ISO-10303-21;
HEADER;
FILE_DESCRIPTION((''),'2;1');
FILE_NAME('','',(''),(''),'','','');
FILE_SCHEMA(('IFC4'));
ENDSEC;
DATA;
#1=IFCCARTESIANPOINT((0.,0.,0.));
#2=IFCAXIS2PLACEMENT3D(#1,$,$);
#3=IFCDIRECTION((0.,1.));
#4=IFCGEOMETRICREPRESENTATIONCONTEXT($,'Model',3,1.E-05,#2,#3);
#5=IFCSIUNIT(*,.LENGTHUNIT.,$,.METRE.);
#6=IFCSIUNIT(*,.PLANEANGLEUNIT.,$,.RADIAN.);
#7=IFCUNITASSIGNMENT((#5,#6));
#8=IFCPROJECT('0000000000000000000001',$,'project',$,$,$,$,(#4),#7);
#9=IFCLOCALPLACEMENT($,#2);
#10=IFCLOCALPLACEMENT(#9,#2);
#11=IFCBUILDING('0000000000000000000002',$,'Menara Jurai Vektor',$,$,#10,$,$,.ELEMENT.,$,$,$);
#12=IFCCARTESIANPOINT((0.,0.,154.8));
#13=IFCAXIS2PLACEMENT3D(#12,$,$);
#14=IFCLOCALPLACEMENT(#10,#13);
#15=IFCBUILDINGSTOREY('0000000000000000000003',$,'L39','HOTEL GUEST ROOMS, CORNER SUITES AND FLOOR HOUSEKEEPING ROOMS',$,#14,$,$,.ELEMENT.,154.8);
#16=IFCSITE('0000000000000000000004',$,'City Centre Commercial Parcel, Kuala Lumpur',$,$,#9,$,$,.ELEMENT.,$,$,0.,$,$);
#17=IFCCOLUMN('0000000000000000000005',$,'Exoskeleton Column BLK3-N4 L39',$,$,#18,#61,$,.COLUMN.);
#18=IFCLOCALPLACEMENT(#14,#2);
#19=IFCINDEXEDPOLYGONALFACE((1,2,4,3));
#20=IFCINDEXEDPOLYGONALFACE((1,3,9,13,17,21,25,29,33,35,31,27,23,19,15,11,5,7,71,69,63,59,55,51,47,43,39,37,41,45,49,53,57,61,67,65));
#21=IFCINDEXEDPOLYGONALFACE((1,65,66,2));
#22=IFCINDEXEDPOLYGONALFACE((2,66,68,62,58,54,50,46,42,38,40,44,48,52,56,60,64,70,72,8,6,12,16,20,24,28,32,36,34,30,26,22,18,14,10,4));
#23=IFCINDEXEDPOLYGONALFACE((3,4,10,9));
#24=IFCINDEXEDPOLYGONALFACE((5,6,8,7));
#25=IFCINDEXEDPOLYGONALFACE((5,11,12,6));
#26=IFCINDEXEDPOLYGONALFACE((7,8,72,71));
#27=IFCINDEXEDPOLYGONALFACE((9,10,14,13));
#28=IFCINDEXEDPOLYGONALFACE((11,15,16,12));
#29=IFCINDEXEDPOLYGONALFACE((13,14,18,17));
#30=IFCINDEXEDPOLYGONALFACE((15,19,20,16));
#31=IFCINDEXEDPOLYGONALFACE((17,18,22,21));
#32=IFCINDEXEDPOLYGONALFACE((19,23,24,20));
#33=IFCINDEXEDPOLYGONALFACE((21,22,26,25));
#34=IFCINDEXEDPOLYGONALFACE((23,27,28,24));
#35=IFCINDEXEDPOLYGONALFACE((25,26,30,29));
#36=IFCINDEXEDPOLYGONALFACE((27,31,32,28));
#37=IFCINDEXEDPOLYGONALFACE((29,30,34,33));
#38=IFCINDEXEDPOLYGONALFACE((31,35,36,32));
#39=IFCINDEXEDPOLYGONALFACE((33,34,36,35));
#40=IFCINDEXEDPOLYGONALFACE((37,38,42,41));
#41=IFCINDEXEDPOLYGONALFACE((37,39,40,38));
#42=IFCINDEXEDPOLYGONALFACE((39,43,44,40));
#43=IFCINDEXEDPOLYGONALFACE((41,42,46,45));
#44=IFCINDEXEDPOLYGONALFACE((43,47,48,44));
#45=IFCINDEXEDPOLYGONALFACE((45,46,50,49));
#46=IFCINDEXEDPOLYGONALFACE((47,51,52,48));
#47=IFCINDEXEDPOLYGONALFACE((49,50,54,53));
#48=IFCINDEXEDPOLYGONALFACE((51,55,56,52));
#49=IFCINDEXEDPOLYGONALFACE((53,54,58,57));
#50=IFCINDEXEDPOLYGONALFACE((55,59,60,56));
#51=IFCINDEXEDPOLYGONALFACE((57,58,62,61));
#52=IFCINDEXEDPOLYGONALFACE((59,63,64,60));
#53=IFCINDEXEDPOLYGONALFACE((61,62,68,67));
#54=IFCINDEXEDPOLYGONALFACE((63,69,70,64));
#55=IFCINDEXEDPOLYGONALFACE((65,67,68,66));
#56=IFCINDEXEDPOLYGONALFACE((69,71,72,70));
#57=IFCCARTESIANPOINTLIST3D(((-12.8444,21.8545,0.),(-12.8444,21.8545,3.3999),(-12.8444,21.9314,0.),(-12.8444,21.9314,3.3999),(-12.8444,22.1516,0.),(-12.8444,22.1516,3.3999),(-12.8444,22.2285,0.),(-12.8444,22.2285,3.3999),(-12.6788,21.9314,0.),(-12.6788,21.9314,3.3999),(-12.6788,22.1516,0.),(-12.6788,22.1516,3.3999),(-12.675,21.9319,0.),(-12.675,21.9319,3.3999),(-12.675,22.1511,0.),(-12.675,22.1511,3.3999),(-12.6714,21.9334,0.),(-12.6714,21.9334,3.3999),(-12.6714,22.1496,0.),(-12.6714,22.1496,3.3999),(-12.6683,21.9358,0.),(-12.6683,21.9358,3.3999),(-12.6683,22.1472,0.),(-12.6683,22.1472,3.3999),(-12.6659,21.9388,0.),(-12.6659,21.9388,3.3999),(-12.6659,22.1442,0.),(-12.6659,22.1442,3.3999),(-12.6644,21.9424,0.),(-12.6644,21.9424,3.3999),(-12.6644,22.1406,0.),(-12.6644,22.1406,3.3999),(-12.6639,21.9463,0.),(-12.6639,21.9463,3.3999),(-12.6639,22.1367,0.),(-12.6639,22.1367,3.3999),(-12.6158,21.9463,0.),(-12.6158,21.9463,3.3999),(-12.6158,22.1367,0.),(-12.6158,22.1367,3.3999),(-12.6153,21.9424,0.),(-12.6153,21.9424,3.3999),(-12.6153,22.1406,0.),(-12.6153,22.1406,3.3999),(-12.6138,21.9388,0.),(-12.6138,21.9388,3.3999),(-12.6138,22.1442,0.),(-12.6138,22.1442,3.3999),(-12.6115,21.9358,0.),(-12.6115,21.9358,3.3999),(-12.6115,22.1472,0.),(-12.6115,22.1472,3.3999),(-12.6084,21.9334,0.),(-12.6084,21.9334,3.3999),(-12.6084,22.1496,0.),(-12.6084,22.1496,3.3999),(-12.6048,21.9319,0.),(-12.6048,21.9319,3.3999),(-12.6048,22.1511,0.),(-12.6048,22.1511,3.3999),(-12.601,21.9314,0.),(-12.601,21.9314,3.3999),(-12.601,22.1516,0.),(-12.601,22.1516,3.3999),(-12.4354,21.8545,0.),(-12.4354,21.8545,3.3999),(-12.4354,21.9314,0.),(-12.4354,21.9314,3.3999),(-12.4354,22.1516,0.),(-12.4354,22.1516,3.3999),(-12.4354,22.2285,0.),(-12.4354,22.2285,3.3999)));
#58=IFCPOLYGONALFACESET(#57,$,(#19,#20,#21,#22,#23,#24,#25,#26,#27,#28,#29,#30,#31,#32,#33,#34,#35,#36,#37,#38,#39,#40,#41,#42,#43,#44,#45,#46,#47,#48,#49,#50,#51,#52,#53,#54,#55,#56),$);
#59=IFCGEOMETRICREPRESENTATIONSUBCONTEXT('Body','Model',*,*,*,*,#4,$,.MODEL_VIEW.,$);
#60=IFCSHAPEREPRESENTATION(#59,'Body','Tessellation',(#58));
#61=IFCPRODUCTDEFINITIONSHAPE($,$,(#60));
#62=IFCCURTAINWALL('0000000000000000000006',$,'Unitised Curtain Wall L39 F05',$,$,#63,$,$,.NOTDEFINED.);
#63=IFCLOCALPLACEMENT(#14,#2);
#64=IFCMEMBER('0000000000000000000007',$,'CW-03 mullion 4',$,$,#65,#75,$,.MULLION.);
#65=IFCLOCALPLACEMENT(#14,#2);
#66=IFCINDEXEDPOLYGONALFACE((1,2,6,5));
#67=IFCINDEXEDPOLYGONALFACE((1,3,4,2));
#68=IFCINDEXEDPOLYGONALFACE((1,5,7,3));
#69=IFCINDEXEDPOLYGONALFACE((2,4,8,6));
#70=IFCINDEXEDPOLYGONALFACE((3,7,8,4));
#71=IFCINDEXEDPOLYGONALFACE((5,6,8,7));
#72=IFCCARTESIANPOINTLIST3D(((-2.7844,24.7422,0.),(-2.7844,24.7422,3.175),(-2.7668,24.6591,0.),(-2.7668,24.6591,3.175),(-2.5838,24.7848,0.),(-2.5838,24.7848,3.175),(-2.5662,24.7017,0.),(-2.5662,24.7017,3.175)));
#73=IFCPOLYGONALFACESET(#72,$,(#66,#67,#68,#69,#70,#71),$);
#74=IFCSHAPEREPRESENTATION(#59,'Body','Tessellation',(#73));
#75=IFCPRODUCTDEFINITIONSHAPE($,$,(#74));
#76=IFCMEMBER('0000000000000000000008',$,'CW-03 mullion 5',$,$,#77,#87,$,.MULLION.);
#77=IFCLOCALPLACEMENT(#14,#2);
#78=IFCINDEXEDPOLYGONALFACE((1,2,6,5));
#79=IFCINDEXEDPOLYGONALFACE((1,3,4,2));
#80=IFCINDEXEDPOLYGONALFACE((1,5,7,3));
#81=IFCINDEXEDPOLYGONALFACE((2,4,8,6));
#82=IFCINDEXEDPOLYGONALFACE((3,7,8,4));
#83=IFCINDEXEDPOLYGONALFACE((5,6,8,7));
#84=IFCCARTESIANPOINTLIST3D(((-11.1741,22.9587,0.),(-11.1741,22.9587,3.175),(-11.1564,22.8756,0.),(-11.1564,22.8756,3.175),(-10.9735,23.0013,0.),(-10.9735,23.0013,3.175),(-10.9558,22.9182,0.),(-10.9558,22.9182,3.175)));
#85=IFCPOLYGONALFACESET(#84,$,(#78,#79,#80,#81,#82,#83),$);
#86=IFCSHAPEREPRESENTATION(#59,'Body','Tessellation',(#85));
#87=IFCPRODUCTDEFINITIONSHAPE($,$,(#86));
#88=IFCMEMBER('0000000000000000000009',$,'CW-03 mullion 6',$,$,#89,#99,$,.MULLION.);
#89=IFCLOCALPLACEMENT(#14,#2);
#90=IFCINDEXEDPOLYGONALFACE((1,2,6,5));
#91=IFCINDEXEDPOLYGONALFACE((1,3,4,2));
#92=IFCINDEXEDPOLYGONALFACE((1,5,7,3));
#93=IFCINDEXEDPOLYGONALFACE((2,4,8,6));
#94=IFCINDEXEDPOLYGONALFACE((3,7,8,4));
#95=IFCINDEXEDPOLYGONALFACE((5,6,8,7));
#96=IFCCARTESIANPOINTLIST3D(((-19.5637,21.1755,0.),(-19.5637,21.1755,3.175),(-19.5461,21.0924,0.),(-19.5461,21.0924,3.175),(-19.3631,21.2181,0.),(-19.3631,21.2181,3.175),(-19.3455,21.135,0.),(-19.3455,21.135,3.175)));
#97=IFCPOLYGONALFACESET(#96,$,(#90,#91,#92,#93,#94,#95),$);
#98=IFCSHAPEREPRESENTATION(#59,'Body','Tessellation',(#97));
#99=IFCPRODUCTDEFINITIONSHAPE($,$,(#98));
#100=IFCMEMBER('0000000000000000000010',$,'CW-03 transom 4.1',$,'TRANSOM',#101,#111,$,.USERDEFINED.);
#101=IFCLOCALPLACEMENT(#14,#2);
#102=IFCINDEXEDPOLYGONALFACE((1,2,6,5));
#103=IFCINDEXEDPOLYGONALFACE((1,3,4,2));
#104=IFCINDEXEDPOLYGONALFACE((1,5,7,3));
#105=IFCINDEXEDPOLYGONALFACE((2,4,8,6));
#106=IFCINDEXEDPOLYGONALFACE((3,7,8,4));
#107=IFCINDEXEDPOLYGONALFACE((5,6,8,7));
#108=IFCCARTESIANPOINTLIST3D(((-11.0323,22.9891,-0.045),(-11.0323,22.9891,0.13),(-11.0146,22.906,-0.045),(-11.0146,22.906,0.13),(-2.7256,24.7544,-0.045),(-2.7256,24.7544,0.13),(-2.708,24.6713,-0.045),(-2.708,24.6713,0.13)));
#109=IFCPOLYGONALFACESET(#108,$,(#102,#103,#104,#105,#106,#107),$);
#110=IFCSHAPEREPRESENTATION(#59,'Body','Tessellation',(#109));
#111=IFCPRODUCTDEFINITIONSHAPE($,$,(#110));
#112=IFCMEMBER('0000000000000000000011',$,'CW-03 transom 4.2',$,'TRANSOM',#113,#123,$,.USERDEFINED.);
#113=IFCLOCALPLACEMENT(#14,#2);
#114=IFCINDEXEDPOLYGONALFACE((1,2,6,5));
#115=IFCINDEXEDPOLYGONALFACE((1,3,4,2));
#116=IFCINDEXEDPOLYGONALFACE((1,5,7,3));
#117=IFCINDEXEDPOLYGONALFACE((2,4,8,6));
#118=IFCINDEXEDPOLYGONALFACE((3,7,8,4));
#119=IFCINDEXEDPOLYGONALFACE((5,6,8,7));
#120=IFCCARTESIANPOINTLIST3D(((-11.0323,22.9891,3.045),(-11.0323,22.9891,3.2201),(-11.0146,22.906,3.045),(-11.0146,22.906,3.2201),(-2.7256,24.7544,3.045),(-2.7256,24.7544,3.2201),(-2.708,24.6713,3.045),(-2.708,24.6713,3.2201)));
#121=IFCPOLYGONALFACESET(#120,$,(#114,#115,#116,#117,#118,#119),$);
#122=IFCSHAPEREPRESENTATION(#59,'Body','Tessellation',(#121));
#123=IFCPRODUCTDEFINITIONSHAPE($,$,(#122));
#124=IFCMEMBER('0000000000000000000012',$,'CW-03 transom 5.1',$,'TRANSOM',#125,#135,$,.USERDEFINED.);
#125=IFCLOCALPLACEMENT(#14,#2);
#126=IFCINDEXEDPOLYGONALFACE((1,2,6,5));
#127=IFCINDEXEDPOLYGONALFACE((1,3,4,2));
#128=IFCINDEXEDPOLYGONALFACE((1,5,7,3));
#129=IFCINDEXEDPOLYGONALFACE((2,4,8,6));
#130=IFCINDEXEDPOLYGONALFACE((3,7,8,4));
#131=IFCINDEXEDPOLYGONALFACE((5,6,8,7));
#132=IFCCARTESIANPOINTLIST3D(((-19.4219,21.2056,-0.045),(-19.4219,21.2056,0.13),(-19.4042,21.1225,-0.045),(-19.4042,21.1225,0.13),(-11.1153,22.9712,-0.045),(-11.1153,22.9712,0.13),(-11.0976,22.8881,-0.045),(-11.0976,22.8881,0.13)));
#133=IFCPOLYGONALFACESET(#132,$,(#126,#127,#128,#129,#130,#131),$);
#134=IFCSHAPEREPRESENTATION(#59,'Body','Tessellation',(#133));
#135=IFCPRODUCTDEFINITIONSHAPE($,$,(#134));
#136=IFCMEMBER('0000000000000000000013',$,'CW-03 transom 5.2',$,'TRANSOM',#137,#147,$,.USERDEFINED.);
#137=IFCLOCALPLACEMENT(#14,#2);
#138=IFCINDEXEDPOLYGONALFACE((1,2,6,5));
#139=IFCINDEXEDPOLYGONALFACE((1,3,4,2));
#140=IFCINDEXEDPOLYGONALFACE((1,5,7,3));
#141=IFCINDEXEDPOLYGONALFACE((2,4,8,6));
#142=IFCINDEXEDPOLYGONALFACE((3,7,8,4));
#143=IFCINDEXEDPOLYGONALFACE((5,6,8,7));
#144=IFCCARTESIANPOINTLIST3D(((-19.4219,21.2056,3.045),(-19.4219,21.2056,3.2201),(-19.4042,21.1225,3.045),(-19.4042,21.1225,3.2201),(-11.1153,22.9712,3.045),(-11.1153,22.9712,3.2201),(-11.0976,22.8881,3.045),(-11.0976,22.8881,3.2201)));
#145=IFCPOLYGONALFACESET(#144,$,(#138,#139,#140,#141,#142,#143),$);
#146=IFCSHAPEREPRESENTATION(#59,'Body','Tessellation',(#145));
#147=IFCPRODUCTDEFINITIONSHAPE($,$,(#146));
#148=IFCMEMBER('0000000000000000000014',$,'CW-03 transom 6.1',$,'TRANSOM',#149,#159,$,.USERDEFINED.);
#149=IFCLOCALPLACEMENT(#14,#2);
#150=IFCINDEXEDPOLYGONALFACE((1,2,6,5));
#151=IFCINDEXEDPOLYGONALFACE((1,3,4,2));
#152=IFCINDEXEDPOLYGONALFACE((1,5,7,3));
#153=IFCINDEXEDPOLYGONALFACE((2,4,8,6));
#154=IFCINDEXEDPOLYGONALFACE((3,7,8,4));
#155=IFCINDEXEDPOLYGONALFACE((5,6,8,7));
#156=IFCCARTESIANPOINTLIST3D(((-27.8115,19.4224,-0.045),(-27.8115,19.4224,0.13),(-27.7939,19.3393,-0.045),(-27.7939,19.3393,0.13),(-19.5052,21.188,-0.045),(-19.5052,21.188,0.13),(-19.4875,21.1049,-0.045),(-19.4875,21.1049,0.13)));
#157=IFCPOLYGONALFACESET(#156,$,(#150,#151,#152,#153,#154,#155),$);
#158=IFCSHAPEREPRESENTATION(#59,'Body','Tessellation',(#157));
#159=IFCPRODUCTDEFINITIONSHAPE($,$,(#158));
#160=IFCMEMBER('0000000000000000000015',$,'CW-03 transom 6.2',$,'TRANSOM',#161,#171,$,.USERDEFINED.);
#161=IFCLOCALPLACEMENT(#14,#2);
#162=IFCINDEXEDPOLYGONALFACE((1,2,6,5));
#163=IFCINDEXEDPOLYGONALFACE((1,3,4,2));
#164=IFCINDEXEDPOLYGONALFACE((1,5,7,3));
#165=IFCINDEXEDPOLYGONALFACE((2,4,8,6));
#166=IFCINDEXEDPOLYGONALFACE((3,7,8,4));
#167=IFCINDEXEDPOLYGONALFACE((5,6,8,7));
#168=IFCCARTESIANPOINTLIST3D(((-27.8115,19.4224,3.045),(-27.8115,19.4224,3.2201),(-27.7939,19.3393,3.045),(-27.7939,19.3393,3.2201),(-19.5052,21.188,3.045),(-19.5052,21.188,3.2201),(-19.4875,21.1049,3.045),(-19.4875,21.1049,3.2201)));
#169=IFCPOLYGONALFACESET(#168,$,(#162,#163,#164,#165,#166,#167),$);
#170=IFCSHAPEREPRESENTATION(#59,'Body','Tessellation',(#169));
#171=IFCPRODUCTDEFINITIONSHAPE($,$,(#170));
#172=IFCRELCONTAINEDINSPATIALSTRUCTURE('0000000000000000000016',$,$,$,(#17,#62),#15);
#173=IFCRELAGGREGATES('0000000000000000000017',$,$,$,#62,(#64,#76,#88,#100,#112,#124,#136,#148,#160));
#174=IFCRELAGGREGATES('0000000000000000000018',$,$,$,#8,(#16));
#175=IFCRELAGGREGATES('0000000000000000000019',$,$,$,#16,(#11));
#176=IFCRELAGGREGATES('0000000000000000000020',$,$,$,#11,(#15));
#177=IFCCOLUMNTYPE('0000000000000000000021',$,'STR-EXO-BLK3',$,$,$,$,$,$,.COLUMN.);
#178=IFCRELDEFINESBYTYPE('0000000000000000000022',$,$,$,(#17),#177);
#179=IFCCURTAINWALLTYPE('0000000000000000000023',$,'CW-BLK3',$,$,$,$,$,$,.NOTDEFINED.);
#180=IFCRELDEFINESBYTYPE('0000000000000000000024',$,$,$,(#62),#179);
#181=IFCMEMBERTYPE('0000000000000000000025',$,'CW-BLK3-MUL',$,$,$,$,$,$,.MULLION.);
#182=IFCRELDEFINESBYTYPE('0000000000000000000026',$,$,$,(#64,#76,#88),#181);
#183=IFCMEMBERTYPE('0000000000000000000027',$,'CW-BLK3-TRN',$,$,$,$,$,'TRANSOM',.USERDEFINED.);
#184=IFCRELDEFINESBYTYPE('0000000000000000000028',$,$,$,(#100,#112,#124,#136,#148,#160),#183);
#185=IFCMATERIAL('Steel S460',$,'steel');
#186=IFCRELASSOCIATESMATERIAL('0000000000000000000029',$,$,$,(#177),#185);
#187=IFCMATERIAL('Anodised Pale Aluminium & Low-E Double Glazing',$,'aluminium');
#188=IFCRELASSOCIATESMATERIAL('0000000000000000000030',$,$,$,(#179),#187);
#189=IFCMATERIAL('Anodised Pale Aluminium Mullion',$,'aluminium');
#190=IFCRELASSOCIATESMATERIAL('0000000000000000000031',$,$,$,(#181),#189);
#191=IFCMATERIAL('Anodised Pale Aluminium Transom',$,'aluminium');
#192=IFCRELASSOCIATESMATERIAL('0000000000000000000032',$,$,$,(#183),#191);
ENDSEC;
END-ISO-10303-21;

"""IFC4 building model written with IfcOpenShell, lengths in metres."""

from ifc_helpers import new_model, si_unit, direction, frame, origin, origin_2d, place, context, subcontext, project, spatial, rectangle, i_section, extrude, material, material_profile, profile_set, type_object, element, aggregate, save


model = new_model("IFC4")

# Units and contexts
model_context = context("Model", 3, precision=1e-05, world=origin(), true_north=direction((0.0, 1.0)))
body_context = subcontext(model_context, "Body", "Model", "MODEL_VIEW")
ifc_project = project(units=[si_unit("LENGTHUNIT", "METRE"), si_unit("PLANEANGLEUNIT", "RADIAN")], contexts=[model_context])

# Site, building, storey
site_placement = place(None, origin())
site = spatial("IfcSite", under=ifc_project, at=site_placement, Name="City Centre Commercial Parcel, Kuala Lumpur", CompositionType="ELEMENT", RefElevation=0.0)
building_placement = place(site_placement, origin())
building = spatial("IfcBuilding", under=site, at=building_placement, Name="Menara Jurai Vektor", CompositionType="ELEMENT")
storey_placement = place(building_placement, frame((0.0, 0.0, 154.8)))
storey = spatial("IfcBuildingStorey", under=building, at=storey_placement, Name="L39", Description="HOTEL GUEST ROOMS, CORNER SUITES AND FLOOR HOUSEKEEPING ROOMS", CompositionType="ELEMENT", Elevation=154.8)

# Column
ifc_material_1 = material(Name="Steel S460", Category="steel")
ifc_material_profile_1 = material_profile(ifc_material_1, i_section(OverallWidth=0.4089, OverallDepth=0.374, WebThickness=0.0481, FlangeThickness=0.0769, FilletRadius=0.0149, at=origin_2d()), Name="HD 400x634")
ifc_profile_set_1 = profile_set([ifc_material_profile_1], Name="Steel S460")
column_type = type_object("IfcColumnType", Name="STR-EXO-BLK3", PredefinedType="COLUMN", material=ifc_profile_set_1)
column_placement = place(storey_placement, frame((-12.6399, 22.0415, 0.0), z_axis=(0.0, 0.0, 1.0), x_axis=(1.0, 0.0, 0.0)))
element("IfcColumn", 1, at=column_placement, inside=storey, type_object=column_type, Name="Exoskeleton Column BLK3-N4 L39", PredefinedType="COLUMN", context=body_context, shape_type="SweptSolid", body=[
    extrude(i_section(OverallWidth=0.4089, OverallDepth=0.374, WebThickness=0.0481, FlangeThickness=0.0769, FilletRadius=0.0149, at=origin_2d()), origin(), (0.0, 0.0, 1.0), 3.3999),
])

# Curtain wall, members
ifc_material_2 = material(Name="Anodised Pale Aluminium & Low-E Double Glazing", Category="aluminium")
curtain_wall_type = type_object("IfcCurtainWallType", Name="CW-BLK3", PredefinedType="NOTDEFINED", material=ifc_material_2)
curtain_wall_placement = place(storey_placement, origin())
curtain_wall = element("IfcCurtainWall", 2, at=curtain_wall_placement, inside=storey, type_object=curtain_wall_type, Name="Unitised Curtain Wall L39 F05", PredefinedType="NOTDEFINED")
ifc_material_3 = material(Name="Anodised Pale Aluminium Mullion", Category="aluminium")
ifc_material_profile_2 = material_profile(ifc_material_3, rectangle(XDim=0.085, YDim=0.2051, at=origin_2d()), Name="ALU MUL 85x205")
ifc_profile_set_2 = profile_set([ifc_material_profile_2], Name="Anodised Pale Aluminium Mullion")
member_type_1 = type_object("IfcMemberType", Name="CW-BLK3-MUL", PredefinedType="MULLION", material=ifc_profile_set_2)
member_1_placement = place(storey_placement, frame((-2.6753, 24.7219, 0.0), z_axis=(0.0, 0.0, 1.0), x_axis=(0.207911, -0.978148, 0.0)))
member_1 = element("IfcMember", 3, at=member_1_placement, type_object=member_type_1, Name="CW-03 mullion 4", PredefinedType="MULLION", context=body_context, shape_type="SweptSolid", body=[
    extrude(rectangle(XDim=0.085, YDim=0.2051, at=origin_2d()), origin(), (0.0, 0.0, 1.0), 3.175),
])
member_2_placement = place(storey_placement, frame((-11.0649, 22.9385, 0.0), z_axis=(0.0, 0.0, 1.0), x_axis=(0.207911, -0.978148, 0.0)))
member_2 = element("IfcMember", 4, at=member_2_placement, type_object=member_type_1, Name="CW-03 mullion 5", PredefinedType="MULLION", context=body_context, shape_type="SweptSolid", body=[
    extrude(rectangle(XDim=0.085, YDim=0.2051, at=origin_2d()), origin(), (0.0, 0.0, 1.0), 3.175),
])
member_3_placement = place(storey_placement, frame((-19.4546, 21.1553, 0.0), z_axis=(0.0, 0.0, 1.0), x_axis=(0.207911, -0.978148, 0.0)))
member_3 = element("IfcMember", 5, at=member_3_placement, type_object=member_type_1, Name="CW-03 mullion 6", PredefinedType="MULLION", context=body_context, shape_type="SweptSolid", body=[
    extrude(rectangle(XDim=0.085, YDim=0.2051, at=origin_2d()), origin(), (0.0, 0.0, 1.0), 3.175),
])
ifc_material_4 = material(Name="Anodised Pale Aluminium Transom", Category="aluminium")
ifc_material_profile_3 = material_profile(ifc_material_4, rectangle(XDim=0.085, YDim=0.175, at=origin_2d()), Name="ALU TRN 85x175")
ifc_profile_set_3 = profile_set([ifc_material_profile_3], Name="Anodised Pale Aluminium Transom")
member_type_2 = type_object("IfcMemberType", Name="CW-BLK3-TRN", ElementType="TRANSOM", PredefinedType="USERDEFINED", material=ifc_profile_set_3)
member_4_placement = place(storey_placement, frame((-2.7168, 24.7129, 0.0425), z_axis=(-0.978154, -0.207884, 0.0), x_axis=(0.207884, -0.978154, 0.0)))
member_4 = element("IfcMember", 6, at=member_4_placement, type_object=member_type_2, Name="CW-03 transom 4.1", ObjectType="TRANSOM", PredefinedType="USERDEFINED", context=body_context, shape_type="SweptSolid", body=[
    extrude(rectangle(XDim=0.085, YDim=0.175, at=origin_2d()), origin(), (0.0, 0.0, 1.0), 8.4922),
])
member_5_placement = place(storey_placement, frame((-2.7168, 24.7129, 3.1326), z_axis=(-0.978154, -0.207884, 0.0), x_axis=(0.207884, -0.978154, 0.0)))
member_5 = element("IfcMember", 7, at=member_5_placement, type_object=member_type_2, Name="CW-03 transom 4.2", ObjectType="TRANSOM", PredefinedType="USERDEFINED", context=body_context, shape_type="SweptSolid", body=[
    extrude(rectangle(XDim=0.085, YDim=0.175, at=origin_2d()), origin(), (0.0, 0.0, 1.0), 8.4922),
])
member_6_placement = place(storey_placement, frame((-11.1064, 22.9297, 0.0425), z_axis=(-0.978148, -0.207911, 0.0), x_axis=(0.207911, -0.978148, 0.0)))
member_6 = element("IfcMember", 8, at=member_6_placement, type_object=member_type_2, Name="CW-03 transom 5.1", ObjectType="TRANSOM", PredefinedType="USERDEFINED", context=body_context, shape_type="SweptSolid", body=[
    extrude(rectangle(XDim=0.085, YDim=0.175, at=origin_2d()), origin(), (0.0, 0.0, 1.0), 8.4922),
])
member_7_placement = place(storey_placement, frame((-11.1064, 22.9297, 3.1326), z_axis=(-0.978148, -0.207911, 0.0), x_axis=(0.207911, -0.978148, 0.0)))
member_7 = element("IfcMember", 9, at=member_7_placement, type_object=member_type_2, Name="CW-03 transom 5.2", ObjectType="TRANSOM", PredefinedType="USERDEFINED", context=body_context, shape_type="SweptSolid", body=[
    extrude(rectangle(XDim=0.085, YDim=0.175, at=origin_2d()), origin(), (0.0, 0.0, 1.0), 8.4922),
])
member_8_placement = place(storey_placement, frame((-19.4963, 21.1465, 0.0425), z_axis=(-0.978147, -0.207917, 0.0), x_axis=(0.207917, -0.978147, 0.0)))
member_8 = element("IfcMember", 10, at=member_8_placement, type_object=member_type_2, Name="CW-03 transom 6.1", ObjectType="TRANSOM", PredefinedType="USERDEFINED", context=body_context, shape_type="SweptSolid", body=[
    extrude(rectangle(XDim=0.085, YDim=0.175, at=origin_2d()), origin(), (0.0, 0.0, 1.0), 8.4919),
])
member_9_placement = place(storey_placement, frame((-19.4963, 21.1465, 3.1326), z_axis=(-0.978147, -0.207917, 0.0), x_axis=(0.207917, -0.978147, 0.0)))
member_9 = element("IfcMember", 11, at=member_9_placement, type_object=member_type_2, Name="CW-03 transom 6.2", ObjectType="TRANSOM", PredefinedType="USERDEFINED", context=body_context, shape_type="SweptSolid", body=[
    extrude(rectangle(XDim=0.085, YDim=0.175, at=origin_2d()), origin(), (0.0, 0.0, 1.0), 8.4919),
])

aggregate(curtain_wall, [member_1, member_2, member_3, member_4, member_5, member_6, member_7, member_8, member_9])

save(model, "model.ifc")
